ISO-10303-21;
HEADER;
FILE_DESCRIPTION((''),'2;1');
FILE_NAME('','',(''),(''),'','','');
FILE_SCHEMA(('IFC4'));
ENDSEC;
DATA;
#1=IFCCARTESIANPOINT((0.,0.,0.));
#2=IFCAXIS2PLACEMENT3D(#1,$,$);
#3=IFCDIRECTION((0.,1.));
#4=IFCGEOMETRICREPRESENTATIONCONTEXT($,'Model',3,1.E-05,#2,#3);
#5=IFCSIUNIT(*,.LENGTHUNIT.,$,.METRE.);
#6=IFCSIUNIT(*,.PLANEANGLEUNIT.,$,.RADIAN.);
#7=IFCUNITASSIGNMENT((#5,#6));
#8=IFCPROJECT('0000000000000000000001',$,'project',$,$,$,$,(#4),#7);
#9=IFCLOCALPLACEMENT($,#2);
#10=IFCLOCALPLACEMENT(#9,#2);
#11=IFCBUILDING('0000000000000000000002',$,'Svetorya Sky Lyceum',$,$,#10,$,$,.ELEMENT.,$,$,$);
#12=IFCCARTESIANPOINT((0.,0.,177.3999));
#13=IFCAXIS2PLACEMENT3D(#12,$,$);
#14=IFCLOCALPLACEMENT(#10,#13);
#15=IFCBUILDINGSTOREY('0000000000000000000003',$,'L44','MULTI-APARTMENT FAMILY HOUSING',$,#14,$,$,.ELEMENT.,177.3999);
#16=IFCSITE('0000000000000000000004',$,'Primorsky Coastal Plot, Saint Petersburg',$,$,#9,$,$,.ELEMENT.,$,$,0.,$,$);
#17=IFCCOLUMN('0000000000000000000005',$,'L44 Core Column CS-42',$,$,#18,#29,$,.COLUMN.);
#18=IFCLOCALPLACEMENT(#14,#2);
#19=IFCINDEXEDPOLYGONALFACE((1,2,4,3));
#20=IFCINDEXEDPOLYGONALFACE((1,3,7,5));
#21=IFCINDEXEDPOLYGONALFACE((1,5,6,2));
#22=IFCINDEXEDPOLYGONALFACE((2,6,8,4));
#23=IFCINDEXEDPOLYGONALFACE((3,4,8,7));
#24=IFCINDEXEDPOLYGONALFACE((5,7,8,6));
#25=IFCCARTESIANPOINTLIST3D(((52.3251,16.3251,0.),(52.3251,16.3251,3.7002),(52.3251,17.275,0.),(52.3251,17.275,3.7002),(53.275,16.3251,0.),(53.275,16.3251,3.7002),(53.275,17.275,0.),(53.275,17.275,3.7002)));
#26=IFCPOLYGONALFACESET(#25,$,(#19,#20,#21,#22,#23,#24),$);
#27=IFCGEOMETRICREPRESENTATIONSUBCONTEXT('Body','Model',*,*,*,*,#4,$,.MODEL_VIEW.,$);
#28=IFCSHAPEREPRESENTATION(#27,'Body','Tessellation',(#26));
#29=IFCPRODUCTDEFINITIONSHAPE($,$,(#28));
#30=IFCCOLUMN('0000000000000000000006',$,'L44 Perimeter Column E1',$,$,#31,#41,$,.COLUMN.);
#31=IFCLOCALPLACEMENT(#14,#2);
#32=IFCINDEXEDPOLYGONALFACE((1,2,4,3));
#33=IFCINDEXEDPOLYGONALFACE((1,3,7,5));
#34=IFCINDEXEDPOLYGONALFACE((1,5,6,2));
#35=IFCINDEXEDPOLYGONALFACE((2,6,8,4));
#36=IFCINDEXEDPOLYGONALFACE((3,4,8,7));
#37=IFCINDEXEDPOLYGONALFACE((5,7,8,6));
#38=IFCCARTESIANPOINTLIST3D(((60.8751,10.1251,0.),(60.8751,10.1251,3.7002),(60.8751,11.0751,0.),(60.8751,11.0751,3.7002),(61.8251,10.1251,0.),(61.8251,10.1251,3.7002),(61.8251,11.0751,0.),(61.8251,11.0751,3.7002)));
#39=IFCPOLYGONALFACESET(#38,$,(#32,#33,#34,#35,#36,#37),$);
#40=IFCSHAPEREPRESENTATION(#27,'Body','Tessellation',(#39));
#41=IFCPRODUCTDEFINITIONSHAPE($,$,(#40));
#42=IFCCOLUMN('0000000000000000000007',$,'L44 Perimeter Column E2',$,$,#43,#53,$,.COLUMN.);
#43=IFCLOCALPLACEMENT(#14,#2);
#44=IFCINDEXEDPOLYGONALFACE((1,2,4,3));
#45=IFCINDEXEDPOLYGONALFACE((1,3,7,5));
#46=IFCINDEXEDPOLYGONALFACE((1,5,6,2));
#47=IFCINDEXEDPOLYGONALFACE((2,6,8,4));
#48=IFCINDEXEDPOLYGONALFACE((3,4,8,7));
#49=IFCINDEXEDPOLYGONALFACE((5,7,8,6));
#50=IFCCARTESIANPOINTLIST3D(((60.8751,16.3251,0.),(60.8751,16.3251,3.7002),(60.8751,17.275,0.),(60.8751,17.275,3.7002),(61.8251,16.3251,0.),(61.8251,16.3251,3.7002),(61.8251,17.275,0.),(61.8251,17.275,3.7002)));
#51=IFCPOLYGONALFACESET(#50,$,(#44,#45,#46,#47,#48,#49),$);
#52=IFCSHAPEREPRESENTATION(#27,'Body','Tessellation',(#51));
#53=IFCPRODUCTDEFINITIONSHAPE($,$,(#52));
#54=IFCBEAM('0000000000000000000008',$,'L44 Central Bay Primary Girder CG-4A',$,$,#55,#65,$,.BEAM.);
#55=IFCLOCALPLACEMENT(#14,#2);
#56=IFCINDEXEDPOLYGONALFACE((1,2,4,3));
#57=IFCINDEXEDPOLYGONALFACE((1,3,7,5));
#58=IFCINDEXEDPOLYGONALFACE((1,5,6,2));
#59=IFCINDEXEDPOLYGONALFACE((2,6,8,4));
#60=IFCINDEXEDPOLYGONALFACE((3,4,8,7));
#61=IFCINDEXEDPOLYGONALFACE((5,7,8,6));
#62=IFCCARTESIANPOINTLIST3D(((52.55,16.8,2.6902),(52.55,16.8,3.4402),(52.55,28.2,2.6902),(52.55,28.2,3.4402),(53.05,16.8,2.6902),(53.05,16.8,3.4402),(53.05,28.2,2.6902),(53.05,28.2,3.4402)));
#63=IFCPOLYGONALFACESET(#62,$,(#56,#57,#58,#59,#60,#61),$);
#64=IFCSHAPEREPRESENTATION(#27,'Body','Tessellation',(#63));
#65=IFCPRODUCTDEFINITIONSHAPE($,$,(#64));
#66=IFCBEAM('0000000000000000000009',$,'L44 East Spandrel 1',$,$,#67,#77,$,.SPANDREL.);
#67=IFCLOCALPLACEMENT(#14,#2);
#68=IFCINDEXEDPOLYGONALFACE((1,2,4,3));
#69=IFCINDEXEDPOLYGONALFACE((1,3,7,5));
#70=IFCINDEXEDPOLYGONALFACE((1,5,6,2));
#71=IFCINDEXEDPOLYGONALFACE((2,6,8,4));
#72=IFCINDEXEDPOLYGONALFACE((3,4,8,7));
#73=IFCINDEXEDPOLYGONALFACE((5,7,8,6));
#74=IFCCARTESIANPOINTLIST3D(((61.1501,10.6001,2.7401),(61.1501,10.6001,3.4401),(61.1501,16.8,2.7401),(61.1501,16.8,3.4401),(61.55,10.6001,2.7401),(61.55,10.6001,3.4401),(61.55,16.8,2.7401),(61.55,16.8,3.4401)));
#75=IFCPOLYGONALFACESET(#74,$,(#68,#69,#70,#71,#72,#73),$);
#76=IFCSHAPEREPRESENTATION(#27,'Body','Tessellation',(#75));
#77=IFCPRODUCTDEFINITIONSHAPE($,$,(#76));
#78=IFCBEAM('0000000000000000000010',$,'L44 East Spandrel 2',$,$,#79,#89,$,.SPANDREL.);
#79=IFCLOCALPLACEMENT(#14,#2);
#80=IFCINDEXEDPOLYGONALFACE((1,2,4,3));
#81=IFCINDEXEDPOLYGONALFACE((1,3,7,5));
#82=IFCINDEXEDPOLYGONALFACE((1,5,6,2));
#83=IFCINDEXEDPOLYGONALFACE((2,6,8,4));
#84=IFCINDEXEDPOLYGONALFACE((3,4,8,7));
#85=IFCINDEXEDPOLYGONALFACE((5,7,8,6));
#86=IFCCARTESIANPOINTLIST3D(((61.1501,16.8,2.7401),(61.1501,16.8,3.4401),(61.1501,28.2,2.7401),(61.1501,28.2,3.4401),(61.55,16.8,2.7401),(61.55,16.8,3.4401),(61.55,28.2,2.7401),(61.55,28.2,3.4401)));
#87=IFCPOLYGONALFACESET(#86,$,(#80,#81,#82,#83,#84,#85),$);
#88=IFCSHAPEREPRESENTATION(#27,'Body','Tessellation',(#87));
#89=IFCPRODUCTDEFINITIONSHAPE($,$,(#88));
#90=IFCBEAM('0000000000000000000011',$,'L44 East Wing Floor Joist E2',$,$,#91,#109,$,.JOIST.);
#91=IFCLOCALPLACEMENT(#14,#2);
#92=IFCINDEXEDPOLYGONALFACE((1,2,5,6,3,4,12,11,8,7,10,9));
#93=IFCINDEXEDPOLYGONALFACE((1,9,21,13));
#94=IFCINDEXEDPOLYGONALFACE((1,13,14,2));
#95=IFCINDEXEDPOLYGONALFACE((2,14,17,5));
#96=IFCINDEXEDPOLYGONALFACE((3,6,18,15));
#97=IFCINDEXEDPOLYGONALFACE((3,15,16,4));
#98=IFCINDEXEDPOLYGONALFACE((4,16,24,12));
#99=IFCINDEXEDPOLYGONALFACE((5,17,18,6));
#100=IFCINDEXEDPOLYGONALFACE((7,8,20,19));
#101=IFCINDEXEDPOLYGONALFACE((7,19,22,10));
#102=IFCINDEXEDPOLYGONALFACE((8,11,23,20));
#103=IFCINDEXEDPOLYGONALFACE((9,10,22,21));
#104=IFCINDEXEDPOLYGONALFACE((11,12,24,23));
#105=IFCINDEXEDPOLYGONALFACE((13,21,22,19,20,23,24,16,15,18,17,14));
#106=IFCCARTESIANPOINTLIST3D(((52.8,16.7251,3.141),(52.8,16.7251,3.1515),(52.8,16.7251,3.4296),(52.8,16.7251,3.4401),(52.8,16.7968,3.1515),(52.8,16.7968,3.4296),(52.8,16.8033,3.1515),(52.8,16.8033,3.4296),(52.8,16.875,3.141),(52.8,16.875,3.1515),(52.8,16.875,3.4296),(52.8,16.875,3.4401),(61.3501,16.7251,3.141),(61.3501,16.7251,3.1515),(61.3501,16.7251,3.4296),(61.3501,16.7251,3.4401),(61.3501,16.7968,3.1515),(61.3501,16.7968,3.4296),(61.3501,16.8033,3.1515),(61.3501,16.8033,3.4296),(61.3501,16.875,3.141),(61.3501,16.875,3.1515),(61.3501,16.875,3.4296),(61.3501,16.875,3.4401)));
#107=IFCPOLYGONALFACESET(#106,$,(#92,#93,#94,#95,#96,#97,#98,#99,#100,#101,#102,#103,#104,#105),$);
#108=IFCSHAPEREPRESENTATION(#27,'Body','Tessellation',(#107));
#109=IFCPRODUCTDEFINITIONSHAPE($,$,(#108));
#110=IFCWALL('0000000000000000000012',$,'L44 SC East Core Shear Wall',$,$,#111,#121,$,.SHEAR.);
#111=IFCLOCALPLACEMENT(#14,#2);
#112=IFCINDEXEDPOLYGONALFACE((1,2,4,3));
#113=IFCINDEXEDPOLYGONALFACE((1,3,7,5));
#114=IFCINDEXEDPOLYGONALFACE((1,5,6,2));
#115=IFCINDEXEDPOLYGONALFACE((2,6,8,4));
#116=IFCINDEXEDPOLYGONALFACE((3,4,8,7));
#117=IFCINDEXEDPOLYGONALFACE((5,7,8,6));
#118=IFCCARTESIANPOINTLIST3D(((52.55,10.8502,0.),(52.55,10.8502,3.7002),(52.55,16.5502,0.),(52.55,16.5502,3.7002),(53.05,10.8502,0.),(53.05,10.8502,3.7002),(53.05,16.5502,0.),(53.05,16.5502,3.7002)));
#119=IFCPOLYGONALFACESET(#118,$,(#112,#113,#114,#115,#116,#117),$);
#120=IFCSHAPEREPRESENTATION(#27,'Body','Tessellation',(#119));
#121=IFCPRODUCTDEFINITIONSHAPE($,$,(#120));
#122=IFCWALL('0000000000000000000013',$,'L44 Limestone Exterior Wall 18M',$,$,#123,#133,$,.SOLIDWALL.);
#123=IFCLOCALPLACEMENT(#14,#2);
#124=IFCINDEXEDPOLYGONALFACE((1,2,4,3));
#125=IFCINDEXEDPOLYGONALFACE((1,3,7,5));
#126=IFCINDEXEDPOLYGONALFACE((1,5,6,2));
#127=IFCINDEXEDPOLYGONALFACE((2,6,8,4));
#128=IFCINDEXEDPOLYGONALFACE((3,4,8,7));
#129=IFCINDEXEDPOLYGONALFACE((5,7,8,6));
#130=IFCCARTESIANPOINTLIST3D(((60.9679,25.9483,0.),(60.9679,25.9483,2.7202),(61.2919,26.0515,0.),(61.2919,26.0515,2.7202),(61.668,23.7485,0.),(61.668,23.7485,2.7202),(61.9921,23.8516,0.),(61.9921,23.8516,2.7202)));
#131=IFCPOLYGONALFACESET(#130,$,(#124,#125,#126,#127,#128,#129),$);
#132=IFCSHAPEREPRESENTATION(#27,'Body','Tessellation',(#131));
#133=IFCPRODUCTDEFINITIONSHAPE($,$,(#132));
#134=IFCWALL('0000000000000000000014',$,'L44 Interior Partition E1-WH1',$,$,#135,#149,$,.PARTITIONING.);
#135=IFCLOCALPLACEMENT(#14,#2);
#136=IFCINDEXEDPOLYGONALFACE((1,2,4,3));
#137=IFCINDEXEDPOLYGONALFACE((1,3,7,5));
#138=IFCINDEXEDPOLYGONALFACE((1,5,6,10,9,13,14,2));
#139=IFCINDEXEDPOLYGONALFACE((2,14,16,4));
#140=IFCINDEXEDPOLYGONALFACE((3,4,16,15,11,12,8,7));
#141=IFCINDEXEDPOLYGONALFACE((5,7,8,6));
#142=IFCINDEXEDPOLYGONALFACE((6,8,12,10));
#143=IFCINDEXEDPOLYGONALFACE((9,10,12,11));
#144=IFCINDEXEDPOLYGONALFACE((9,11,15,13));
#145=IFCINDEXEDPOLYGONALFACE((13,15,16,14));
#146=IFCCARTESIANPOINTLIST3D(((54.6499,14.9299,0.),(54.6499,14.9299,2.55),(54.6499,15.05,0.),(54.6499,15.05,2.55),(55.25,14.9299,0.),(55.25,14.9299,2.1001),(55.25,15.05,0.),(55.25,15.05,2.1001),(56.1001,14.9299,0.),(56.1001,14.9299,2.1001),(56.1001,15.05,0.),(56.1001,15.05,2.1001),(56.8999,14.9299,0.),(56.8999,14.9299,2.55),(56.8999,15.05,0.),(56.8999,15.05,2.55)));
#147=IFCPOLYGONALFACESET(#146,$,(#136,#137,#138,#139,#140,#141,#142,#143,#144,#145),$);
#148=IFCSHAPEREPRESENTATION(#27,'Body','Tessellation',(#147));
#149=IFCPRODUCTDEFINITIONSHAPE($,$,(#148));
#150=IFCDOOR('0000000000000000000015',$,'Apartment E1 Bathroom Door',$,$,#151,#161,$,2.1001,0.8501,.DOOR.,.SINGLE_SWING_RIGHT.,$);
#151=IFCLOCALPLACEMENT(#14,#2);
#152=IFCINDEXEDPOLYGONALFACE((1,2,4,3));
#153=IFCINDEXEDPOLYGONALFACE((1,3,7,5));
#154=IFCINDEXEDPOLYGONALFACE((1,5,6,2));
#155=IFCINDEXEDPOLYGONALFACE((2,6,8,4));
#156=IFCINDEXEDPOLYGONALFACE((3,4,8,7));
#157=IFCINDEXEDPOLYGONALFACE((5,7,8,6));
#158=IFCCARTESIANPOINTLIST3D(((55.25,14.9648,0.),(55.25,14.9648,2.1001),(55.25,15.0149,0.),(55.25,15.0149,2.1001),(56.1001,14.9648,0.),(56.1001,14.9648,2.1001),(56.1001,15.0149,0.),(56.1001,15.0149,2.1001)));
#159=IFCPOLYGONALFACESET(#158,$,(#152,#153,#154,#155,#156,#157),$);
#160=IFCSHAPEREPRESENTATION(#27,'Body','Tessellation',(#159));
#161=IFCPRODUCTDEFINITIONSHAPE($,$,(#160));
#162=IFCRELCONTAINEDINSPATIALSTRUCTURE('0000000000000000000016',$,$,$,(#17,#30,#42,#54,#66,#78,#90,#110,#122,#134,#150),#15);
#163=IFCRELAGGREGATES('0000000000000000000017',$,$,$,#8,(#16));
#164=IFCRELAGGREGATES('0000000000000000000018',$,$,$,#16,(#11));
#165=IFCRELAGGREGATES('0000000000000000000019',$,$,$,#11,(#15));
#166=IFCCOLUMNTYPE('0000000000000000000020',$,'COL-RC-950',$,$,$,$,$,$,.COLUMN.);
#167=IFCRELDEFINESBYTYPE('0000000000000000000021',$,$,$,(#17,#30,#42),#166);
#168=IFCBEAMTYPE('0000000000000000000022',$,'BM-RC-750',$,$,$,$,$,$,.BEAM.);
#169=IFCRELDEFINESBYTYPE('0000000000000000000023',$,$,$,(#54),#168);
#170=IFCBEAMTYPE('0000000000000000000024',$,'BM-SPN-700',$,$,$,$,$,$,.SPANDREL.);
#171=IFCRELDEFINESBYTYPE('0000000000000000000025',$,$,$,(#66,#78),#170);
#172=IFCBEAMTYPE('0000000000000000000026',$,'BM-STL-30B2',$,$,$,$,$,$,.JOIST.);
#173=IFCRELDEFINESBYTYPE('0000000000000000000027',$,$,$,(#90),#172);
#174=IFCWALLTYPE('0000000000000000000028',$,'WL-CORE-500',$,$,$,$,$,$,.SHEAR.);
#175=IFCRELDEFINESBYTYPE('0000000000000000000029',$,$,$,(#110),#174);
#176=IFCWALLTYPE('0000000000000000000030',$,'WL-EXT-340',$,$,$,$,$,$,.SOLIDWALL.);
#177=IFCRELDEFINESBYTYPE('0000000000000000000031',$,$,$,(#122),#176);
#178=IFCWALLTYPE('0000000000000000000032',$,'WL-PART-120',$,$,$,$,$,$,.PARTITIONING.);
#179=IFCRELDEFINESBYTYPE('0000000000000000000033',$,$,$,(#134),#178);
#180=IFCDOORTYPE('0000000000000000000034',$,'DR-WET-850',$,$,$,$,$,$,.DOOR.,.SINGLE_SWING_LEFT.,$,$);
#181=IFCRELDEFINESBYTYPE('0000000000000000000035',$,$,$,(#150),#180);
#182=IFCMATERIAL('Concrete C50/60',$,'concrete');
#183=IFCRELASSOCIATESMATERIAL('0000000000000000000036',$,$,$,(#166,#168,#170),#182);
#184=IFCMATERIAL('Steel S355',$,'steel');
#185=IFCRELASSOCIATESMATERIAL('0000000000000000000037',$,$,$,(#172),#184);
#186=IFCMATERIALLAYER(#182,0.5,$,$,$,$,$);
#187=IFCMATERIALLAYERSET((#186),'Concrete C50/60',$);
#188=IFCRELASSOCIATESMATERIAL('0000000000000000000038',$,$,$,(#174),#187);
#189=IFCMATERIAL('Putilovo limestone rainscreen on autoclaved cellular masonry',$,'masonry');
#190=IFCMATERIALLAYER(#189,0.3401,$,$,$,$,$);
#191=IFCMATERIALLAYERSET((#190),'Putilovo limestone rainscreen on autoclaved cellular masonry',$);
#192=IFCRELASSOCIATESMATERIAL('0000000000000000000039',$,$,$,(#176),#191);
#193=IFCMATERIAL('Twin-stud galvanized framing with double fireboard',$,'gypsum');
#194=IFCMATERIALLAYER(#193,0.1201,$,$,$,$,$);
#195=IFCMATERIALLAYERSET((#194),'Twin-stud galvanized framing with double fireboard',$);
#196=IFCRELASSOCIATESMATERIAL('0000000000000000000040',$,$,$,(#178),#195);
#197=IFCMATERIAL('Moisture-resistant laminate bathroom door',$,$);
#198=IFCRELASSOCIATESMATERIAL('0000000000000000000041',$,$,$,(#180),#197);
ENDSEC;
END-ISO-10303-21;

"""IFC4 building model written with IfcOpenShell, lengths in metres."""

from ifc_helpers import new_model, si_unit, direction, frame, frame_2d, origin, origin_2d, place, context, subcontext, project, spatial, rectangle, i_section, extrude, material, layer, layer_set, material_profile, profile_set, type_object, element, fill, save


model = new_model("IFC4")

# Units and contexts
model_context = context("Model", 3, precision=1e-05, world=origin(), true_north=direction((0.0, 1.0)))
body_context = subcontext(model_context, "Body", "Model", "MODEL_VIEW")
ifc_project = project(units=[si_unit("LENGTHUNIT", "METRE"), si_unit("PLANEANGLEUNIT", "RADIAN")], contexts=[model_context])

# Site, building, storey
site_placement = place(None, origin())
site = spatial("IfcSite", under=ifc_project, at=site_placement, Name="Primorsky Coastal Plot, Saint Petersburg", CompositionType="ELEMENT", RefElevation=0.0)
building_placement = place(site_placement, origin())
building = spatial("IfcBuilding", under=site, at=building_placement, Name="Svetorya Sky Lyceum", CompositionType="ELEMENT")
storey_placement = place(building_placement, frame((0.0, 0.0, 177.3999)))
storey = spatial("IfcBuildingStorey", under=building, at=storey_placement, Name="L44", Description="MULTI-APARTMENT FAMILY HOUSING", CompositionType="ELEMENT", Elevation=177.3999)

# Columns
ifc_material_1 = material(Name="Concrete C50/60", Category="concrete")
ifc_material_profile_1 = material_profile(ifc_material_1, rectangle(XDim=0.95, YDim=0.95, at=origin_2d()), Name="RC COL 950x950")
ifc_profile_set_1 = profile_set([ifc_material_profile_1], Name="Concrete C50/60")
column_type = type_object("IfcColumnType", Name="COL-RC-950", PredefinedType="COLUMN", material=ifc_profile_set_1)
for number, where, z_axis, x_axis, name in (
    (1, (52.8, 16.8, 0.0), (0.0, 0.0, 1.0), (1.0, 0.0, 0.0), "L44 Core Column CS-42"),
    (2, (61.3501, 10.6001, 0.0), (0.0, 0.0, 1.0), (1.0, 0.0, 0.0), "L44 Perimeter Column E1"),
    (3, (61.3501, 16.8, 0.0), (0.0, 0.0, 1.0), (1.0, 0.0, 0.0), "L44 Perimeter Column E2"),
):
    element("IfcColumn", number, at=place(storey_placement, frame(where, z_axis=z_axis, x_axis=x_axis)), inside=storey, type_object=column_type, Name=name, PredefinedType="COLUMN", context=body_context, shape_type="SweptSolid", body=[
        extrude(rectangle(XDim=0.95, YDim=0.95, at=origin_2d()), origin(), (0.0, 0.0, 1.0), 3.7002),
    ])

# Beams
ifc_material_profile_2 = material_profile(ifc_material_1, rectangle(XDim=0.5, YDim=0.75, at=origin_2d()), Name="RC BEAM 500x750")
ifc_profile_set_2 = profile_set([ifc_material_profile_2], Name="Concrete C50/60")
beam_type_1 = type_object("IfcBeamType", Name="BM-RC-750", PredefinedType="BEAM", material=ifc_profile_set_2)
beam_1_placement = place(storey_placement, frame((52.8, 16.8, 3.0652), z_axis=(0.0, 1.0, 0.0), x_axis=(-1.0, 0.0, 0.0)))
element("IfcBeam", 4, at=beam_1_placement, inside=storey, type_object=beam_type_1, Name="L44 Central Bay Primary Girder CG-4A", PredefinedType="BEAM", context=body_context, shape_type="SweptSolid", body=[
    extrude(rectangle(XDim=0.5, YDim=0.75, at=origin_2d()), origin(), (0.0, 0.0, 1.0), 11.3999),
])
ifc_material_profile_3 = material_profile(ifc_material_1, rectangle(XDim=0.3999, YDim=0.7, at=origin_2d()), Name="RC SPANDREL 400x700")
ifc_profile_set_3 = profile_set([ifc_material_profile_3], Name="Concrete C50/60")
beam_type_2 = type_object("IfcBeamType", Name="BM-SPN-700", PredefinedType="SPANDREL", material=ifc_profile_set_3)
beam_2_placement = place(storey_placement, frame((61.3501, 10.6001, 3.0901), z_axis=(0.0, 1.0, 0.0), x_axis=(-1.0, 0.0, 0.0)))
element("IfcBeam", 5, at=beam_2_placement, inside=storey, type_object=beam_type_2, Name="L44 East Spandrel 1", PredefinedType="SPANDREL", context=body_context, shape_type="SweptSolid", body=[
    extrude(rectangle(XDim=0.3999, YDim=0.7, at=origin_2d()), origin(), (0.0, 0.0, 1.0), 6.2),
])
beam_3_placement = place(storey_placement, frame((61.3501, 16.8, 3.0901), z_axis=(0.0, 1.0, 0.0), x_axis=(-1.0, 0.0, 0.0)))
element("IfcBeam", 6, at=beam_3_placement, inside=storey, type_object=beam_type_2, Name="L44 East Spandrel 2", PredefinedType="SPANDREL", context=body_context, shape_type="SweptSolid", body=[
    extrude(rectangle(XDim=0.3999, YDim=0.7, at=origin_2d()), origin(), (0.0, 0.0, 1.0), 11.3999),
])
ifc_material_2 = material(Name="Steel S355", Category="steel")
ifc_material_profile_4 = material_profile(ifc_material_2, i_section(OverallWidth=0.1499, OverallDepth=0.2991, WebThickness=0.0066, FlangeThickness=0.0105, at=origin_2d()), Name="GOST 30B2")
ifc_profile_set_4 = profile_set([ifc_material_profile_4], Name="Steel S355")
beam_type_3 = type_object("IfcBeamType", Name="BM-STL-30B2", PredefinedType="JOIST", material=ifc_profile_set_4)
beam_4_placement = place(storey_placement, frame((52.8, 16.8, 3.2905), z_axis=(1.0, 0.0, 0.0), x_axis=(0.0, 1.0, 0.0)))
element("IfcBeam", 7, at=beam_4_placement, inside=storey, type_object=beam_type_3, Name="L44 East Wing Floor Joist E2", PredefinedType="JOIST", context=body_context, shape_type="SweptSolid", body=[
    extrude(i_section(OverallWidth=0.1499, OverallDepth=0.2991, WebThickness=0.0066, FlangeThickness=0.0105, at=origin_2d()), origin(), (0.0, 0.0, 1.0), 8.55),
])

# Walls
ifc_layer_1 = layer(ifc_material_1, 0.5)
ifc_layer_set_1 = layer_set([ifc_layer_1], Name="Concrete C50/60")
wall_type_1 = type_object("IfcWallType", Name="WL-CORE-500", PredefinedType="SHEAR", material=ifc_layer_set_1)
wall_1_placement = place(storey_placement, frame((52.8, 10.8501, 0.0), z_axis=(0.0, 0.0, 1.0), x_axis=(0.0, 1.0, 0.0)))
element("IfcWall", 8, at=wall_1_placement, inside=storey, type_object=wall_type_1, Name="L44 SC East Core Shear Wall", PredefinedType="SHEAR", context=body_context, shape_type="SweptSolid", body=[
    extrude(rectangle(XDim=5.7, YDim=0.5, at=frame_2d((2.8501, 0.0))), origin(), (0.0, 0.0, 1.0), 3.7002),
])
ifc_material_3 = material(Name="Putilovo limestone rainscreen on autoclaved cellular masonry", Category="masonry")
ifc_layer_2 = layer(ifc_material_3, 0.3401)
ifc_layer_set_2 = layer_set([ifc_layer_2], Name="Putilovo limestone rainscreen on autoclaved cellular masonry")
wall_type_2 = type_object("IfcWallType", Name="WL-EXT-340", PredefinedType="SOLIDWALL", material=ifc_layer_set_2)
wall_2_placement = place(storey_placement, frame((61.8301, 23.8, 0.0), z_axis=(0.0, 0.0, 1.0), x_axis=(-0.303287, 0.952899, 0.0)))
element("IfcWall", 9, at=wall_2_placement, inside=storey, type_object=wall_type_2, Name="L44 Limestone Exterior Wall 18M", PredefinedType="SOLIDWALL", context=body_context, shape_type="SweptSolid", body=[
    extrude(rectangle(XDim=2.3086, YDim=0.3401, at=frame_2d((1.1543, 0.0))), origin(), (0.0, 0.0, 1.0), 2.7202),
])

# Wall, opening, door
ifc_material_4 = material(Name="Twin-stud galvanized framing with double fireboard", Category="gypsum")
ifc_layer_3 = layer(ifc_material_4, 0.1201)
ifc_layer_set_3 = layer_set([ifc_layer_3], Name="Twin-stud galvanized framing with double fireboard")
wall_type_3 = type_object("IfcWallType", Name="WL-PART-120", PredefinedType="PARTITIONING", material=ifc_layer_set_3)
wall_3_placement = place(storey_placement, frame((54.6499, 14.99, 0.0), z_axis=(0.0, 0.0, 1.0), x_axis=(1.0, 0.0, 0.0)))
wall_3 = element("IfcWall", 10, at=wall_3_placement, inside=storey, type_object=wall_type_3, Name="L44 Interior Partition E1-WH1", PredefinedType="PARTITIONING", context=body_context, shape_type="SweptSolid", body=[
    extrude(rectangle(XDim=2.25, YDim=0.1201, at=frame_2d((1.125, 0.0))), origin(), (0.0, 0.0, 1.0), 2.55),
])
opening_1_placement = place(wall_3_placement, frame((0.6001, 0.0, 0.0)))
opening_1 = element("IfcOpeningElement", 11, at=opening_1_placement, cuts=wall_3, PredefinedType="OPENING", context=body_context, shape_type="SweptSolid", body=[
    extrude(rectangle(XDim=0.8501, YDim=2.1001, at=frame_2d((0.425, 1.05))), frame((0.0, 0.0701, 0.0), z_axis=(0.0, -1.0, 0.0), x_axis=(1.0, 0.0, 0.0)), (0.0, 0.0, 1.0), 0.1401),
])
ifc_material_5 = material(Name="Moisture-resistant laminate bathroom door")
door_type_1 = type_object("IfcDoorType", Name="DR-WET-850", OperationType="SINGLE_SWING_LEFT", PredefinedType="DOOR", material=ifc_material_5)
door_1_placement = place(opening_1_placement, origin())
door_1 = element("IfcDoor", 12, at=door_1_placement, inside=storey, type_object=door_type_1, Name="Apartment E1 Bathroom Door", OperationType="SINGLE_SWING_RIGHT", OverallHeight=2.1001, OverallWidth=0.8501, PredefinedType="DOOR", context=body_context, shape_type="SweptSolid", body=[
    extrude(rectangle(XDim=0.8501, YDim=2.1001, at=frame_2d((0.425, 1.05))), frame((0.0, 0.0249, 0.0), z_axis=(0.0, -1.0, 0.0), x_axis=(1.0, 0.0, 0.0)), (0.0, 0.0, 1.0), 0.05),
])
fill(opening_1, door_1)

save(model, "model.ifc")
